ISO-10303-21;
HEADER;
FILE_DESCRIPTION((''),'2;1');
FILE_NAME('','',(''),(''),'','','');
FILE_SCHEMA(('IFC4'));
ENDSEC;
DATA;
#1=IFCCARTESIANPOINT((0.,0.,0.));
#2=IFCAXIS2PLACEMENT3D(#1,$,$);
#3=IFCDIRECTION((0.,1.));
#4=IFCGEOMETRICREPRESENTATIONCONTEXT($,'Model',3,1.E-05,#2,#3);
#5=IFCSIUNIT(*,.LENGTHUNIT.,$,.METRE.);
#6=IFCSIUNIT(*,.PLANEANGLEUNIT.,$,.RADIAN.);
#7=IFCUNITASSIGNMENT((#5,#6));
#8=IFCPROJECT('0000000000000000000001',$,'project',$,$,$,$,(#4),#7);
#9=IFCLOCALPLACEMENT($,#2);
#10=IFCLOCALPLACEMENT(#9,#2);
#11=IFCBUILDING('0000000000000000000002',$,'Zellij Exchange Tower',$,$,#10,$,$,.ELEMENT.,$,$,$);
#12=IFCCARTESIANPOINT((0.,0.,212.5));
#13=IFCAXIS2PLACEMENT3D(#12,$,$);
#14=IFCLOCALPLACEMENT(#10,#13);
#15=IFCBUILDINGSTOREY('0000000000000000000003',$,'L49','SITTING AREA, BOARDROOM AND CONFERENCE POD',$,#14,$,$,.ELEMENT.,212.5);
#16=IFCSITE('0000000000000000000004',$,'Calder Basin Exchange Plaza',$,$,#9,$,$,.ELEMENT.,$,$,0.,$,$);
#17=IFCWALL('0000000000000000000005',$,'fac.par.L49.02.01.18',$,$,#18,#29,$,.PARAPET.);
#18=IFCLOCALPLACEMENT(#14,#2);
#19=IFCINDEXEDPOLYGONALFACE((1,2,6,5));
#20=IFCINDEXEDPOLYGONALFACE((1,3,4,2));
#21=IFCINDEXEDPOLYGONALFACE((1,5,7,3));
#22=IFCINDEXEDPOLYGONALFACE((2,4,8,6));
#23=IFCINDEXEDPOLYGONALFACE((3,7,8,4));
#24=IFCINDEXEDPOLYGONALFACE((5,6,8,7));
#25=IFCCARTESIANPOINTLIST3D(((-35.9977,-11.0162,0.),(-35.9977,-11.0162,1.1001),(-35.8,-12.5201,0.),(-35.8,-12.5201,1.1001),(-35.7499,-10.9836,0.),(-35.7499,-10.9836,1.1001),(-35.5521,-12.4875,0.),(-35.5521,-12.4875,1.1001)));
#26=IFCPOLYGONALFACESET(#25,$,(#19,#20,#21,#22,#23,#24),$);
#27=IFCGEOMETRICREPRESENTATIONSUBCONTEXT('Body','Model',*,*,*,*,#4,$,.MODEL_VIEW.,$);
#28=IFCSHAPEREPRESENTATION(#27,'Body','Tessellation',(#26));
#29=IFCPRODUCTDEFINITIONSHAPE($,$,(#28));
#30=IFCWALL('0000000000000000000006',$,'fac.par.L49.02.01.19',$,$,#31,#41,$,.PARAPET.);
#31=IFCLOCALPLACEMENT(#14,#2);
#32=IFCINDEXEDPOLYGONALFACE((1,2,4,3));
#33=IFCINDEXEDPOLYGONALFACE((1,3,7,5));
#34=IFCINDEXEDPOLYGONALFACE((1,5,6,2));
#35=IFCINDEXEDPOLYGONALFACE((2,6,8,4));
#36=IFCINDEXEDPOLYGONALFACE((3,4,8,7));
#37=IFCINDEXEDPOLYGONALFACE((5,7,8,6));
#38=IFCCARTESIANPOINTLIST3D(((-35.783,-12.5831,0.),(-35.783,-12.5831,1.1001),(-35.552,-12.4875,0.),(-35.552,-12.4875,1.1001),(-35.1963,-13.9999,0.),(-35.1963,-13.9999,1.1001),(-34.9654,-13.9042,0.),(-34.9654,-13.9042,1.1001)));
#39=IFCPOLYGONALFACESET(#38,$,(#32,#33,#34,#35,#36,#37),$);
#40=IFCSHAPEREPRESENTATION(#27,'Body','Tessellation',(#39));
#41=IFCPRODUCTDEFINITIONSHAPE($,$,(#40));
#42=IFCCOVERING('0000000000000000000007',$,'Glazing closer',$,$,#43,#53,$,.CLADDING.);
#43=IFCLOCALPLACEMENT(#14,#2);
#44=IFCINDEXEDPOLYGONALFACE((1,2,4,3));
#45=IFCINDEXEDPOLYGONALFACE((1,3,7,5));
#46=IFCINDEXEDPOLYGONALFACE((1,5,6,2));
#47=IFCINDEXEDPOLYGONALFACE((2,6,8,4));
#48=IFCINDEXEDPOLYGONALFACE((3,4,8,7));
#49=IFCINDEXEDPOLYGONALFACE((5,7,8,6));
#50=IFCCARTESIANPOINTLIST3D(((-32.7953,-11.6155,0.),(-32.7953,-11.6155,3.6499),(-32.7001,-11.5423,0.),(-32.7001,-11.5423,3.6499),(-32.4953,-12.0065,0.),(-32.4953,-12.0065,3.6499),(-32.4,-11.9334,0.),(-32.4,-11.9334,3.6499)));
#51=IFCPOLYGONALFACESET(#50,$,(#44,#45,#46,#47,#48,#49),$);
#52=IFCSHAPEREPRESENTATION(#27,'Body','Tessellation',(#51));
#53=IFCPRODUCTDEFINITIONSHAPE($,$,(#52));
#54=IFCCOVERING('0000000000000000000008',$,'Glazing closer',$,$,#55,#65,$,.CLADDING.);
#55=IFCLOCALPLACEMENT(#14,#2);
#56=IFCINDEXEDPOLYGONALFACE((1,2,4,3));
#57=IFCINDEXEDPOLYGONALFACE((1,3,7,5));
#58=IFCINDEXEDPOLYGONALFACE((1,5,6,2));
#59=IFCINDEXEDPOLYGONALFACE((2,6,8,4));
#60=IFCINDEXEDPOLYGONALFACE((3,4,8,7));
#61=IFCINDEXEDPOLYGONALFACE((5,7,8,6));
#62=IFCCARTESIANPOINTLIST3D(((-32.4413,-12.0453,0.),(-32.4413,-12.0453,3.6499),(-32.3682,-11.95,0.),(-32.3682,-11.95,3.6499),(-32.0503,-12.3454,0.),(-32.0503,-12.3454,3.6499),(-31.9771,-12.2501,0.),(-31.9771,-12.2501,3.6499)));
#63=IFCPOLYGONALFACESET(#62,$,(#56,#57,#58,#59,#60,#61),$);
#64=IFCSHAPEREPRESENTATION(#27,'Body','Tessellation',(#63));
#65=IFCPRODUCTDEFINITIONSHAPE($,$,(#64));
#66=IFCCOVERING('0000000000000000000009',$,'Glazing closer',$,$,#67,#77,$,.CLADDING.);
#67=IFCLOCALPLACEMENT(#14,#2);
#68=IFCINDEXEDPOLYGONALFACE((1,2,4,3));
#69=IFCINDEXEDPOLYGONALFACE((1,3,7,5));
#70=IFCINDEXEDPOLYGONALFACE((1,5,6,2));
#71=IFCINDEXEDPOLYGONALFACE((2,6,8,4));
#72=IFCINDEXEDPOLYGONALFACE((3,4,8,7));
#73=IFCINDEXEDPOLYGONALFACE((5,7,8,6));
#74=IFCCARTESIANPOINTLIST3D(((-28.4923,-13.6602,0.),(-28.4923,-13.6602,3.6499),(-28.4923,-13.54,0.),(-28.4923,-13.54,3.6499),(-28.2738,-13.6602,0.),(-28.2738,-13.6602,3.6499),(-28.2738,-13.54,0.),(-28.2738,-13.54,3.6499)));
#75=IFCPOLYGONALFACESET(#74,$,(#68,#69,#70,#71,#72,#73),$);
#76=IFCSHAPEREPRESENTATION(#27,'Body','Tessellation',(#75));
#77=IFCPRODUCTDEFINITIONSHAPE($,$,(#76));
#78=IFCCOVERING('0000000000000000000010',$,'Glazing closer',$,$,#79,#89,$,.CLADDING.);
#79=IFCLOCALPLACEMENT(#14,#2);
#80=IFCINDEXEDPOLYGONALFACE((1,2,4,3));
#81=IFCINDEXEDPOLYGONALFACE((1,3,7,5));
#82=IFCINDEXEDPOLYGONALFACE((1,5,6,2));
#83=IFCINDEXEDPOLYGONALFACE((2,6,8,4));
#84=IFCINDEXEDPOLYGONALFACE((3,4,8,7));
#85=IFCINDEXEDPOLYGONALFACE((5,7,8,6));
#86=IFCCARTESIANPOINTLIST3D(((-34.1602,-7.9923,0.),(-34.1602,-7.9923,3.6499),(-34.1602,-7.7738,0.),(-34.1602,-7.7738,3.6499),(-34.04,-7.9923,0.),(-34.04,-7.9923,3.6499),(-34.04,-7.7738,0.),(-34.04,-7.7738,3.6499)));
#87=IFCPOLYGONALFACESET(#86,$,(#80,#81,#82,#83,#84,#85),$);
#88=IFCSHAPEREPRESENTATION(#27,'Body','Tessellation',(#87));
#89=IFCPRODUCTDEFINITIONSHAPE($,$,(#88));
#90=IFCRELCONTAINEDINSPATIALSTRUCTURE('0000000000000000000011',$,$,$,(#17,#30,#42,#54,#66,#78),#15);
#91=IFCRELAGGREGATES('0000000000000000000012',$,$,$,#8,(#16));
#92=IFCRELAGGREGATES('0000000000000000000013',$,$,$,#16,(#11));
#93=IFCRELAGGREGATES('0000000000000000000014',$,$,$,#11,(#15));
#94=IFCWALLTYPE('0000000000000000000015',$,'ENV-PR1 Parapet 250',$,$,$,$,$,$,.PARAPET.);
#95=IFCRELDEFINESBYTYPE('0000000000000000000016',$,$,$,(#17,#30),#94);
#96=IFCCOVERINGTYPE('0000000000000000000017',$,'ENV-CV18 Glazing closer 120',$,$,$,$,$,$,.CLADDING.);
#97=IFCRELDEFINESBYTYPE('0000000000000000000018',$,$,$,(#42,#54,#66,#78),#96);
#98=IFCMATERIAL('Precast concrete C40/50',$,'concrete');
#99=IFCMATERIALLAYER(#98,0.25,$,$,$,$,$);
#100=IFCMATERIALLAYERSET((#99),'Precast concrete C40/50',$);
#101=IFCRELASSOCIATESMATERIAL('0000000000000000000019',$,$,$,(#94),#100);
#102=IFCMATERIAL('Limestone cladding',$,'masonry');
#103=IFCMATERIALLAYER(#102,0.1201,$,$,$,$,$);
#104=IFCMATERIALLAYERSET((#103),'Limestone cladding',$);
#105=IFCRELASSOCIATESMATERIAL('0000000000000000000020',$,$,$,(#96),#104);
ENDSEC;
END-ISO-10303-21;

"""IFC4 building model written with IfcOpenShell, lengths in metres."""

from ifc_helpers import new_model, si_unit, direction, frame, frame_2d, origin, origin_2d, place, context, subcontext, project, spatial, rectangle, extrude, material, layer, layer_set, type_object, element, save


model = new_model("IFC4")

# Units and contexts
model_context = context("Model", 3, precision=1e-05, world=origin(), true_north=direction((0.0, 1.0)))
body_context = subcontext(model_context, "Body", "Model", "MODEL_VIEW")
ifc_project = project(units=[si_unit("LENGTHUNIT", "METRE"), si_unit("PLANEANGLEUNIT", "RADIAN")], contexts=[model_context])

# Site, building, storey
site_placement = place(None, origin())
site = spatial("IfcSite", under=ifc_project, at=site_placement, Name="Calder Basin Exchange Plaza", CompositionType="ELEMENT", RefElevation=0.0)
building_placement = place(site_placement, origin())
building = spatial("IfcBuilding", under=site, at=building_placement, Name="Zellij Exchange Tower", CompositionType="ELEMENT")
storey_placement = place(building_placement, frame((0.0, 0.0, 212.5)))
storey = spatial("IfcBuildingStorey", under=building, at=storey_placement, Name="L49", Description="SITTING AREA, BOARDROOM AND CONFERENCE POD", CompositionType="ELEMENT", Elevation=212.5)

# Walls
ifc_material_1 = material(Name="Precast concrete C40/50", Category="concrete")
ifc_layer_1 = layer(ifc_material_1, 0.25)
ifc_layer_set_1 = layer_set([ifc_layer_1], Name="Precast concrete C40/50")
wall_type_1 = type_object("IfcWallType", Name="ENV-PR1 Parapet 250", PredefinedType="PARAPET", material=ifc_layer_set_1)
wall_1_placement = place(storey_placement, frame((-35.8738, -11.0, 0.0), z_axis=(0.0, 0.0, 1.0), x_axis=(0.130371, -0.991465, 0.0)))
element("IfcWall", 1, at=wall_1_placement, inside=storey, type_object=wall_type_1, Name="fac.par.L49.02.01.18", PredefinedType="PARAPET", context=body_context, shape_type="SweptSolid", body=[
    extrude(rectangle(XDim=1.5168, YDim=0.25, at=frame_2d((0.7583, 0.0))), origin(), (0.0, 0.0, 1.0), 1.1001),
])
wall_2_placement = place(storey_placement, frame((-35.6675, -12.5354, 0.0), z_axis=(0.0, 0.0, 1.0), x_axis=(0.382591, -0.923918, 0.0)))
element("IfcWall", 2, at=wall_2_placement, inside=storey, type_object=wall_type_1, Name="fac.par.L49.02.01.19", PredefinedType="PARAPET", context=body_context, shape_type="SweptSolid", body=[
    extrude(rectangle(XDim=1.5334, YDim=0.25, at=frame_2d((0.7666, 0.0))), origin(), (0.0, 0.0, 1.0), 1.1001),
])

# Coverings
ifc_material_2 = material(Name="Limestone cladding", Category="masonry")
ifc_layer_2 = layer(ifc_material_2, 0.1201)
ifc_layer_set_2 = layer_set([ifc_layer_2], Name="Limestone cladding")
covering_type = type_object("IfcCoveringType", Name="ENV-CV18 Glazing closer 120", PredefinedType="CLADDING", material=ifc_layer_set_2)
for number, where, z_axis, x_axis, name in (
    (3, (-32.5977, -11.7744, 0.0), (0.0, 0.0, 1.0), (0.60881, -0.793316, 0.0), "Glazing closer"),
    (4, (-32.2092, -12.1477, 0.0), (0.0, 0.0, 1.0), (-0.793316, 0.60881, 0.0), "Glazing closer"),
):
    element("IfcCovering", number, at=place(storey_placement, frame(where, z_axis=z_axis, x_axis=x_axis)), inside=storey, type_object=covering_type, Name=name, PredefinedType="CLADDING", context=body_context, shape_type="SweptSolid", body=[
        extrude(rectangle(XDim=0.4929, YDim=0.1201, at=origin_2d()), origin(), (0.0, 0.0, 1.0), 3.6499),
    ])
for number, where, z_axis, x_axis, name in (
    (5, (-28.3831, -13.6001, 0.0), (0.0, 0.0, 1.0), (-1.0, 0.0, 0.0), "Glazing closer"),
    (6, (-34.1001, -7.8831, 0.0), (0.0, 0.0, 1.0), (0.0, -1.0, 0.0), "Glazing closer"),
):
    element("IfcCovering", number, at=place(storey_placement, frame(where, z_axis=z_axis, x_axis=x_axis)), inside=storey, type_object=covering_type, Name=name, PredefinedType="CLADDING", context=body_context, shape_type="SweptSolid", body=[
        extrude(rectangle(XDim=0.2185, YDim=0.1201, at=origin_2d()), origin(), (0.0, 0.0, 1.0), 3.6499),
    ])

save(model, "model.ifc")
